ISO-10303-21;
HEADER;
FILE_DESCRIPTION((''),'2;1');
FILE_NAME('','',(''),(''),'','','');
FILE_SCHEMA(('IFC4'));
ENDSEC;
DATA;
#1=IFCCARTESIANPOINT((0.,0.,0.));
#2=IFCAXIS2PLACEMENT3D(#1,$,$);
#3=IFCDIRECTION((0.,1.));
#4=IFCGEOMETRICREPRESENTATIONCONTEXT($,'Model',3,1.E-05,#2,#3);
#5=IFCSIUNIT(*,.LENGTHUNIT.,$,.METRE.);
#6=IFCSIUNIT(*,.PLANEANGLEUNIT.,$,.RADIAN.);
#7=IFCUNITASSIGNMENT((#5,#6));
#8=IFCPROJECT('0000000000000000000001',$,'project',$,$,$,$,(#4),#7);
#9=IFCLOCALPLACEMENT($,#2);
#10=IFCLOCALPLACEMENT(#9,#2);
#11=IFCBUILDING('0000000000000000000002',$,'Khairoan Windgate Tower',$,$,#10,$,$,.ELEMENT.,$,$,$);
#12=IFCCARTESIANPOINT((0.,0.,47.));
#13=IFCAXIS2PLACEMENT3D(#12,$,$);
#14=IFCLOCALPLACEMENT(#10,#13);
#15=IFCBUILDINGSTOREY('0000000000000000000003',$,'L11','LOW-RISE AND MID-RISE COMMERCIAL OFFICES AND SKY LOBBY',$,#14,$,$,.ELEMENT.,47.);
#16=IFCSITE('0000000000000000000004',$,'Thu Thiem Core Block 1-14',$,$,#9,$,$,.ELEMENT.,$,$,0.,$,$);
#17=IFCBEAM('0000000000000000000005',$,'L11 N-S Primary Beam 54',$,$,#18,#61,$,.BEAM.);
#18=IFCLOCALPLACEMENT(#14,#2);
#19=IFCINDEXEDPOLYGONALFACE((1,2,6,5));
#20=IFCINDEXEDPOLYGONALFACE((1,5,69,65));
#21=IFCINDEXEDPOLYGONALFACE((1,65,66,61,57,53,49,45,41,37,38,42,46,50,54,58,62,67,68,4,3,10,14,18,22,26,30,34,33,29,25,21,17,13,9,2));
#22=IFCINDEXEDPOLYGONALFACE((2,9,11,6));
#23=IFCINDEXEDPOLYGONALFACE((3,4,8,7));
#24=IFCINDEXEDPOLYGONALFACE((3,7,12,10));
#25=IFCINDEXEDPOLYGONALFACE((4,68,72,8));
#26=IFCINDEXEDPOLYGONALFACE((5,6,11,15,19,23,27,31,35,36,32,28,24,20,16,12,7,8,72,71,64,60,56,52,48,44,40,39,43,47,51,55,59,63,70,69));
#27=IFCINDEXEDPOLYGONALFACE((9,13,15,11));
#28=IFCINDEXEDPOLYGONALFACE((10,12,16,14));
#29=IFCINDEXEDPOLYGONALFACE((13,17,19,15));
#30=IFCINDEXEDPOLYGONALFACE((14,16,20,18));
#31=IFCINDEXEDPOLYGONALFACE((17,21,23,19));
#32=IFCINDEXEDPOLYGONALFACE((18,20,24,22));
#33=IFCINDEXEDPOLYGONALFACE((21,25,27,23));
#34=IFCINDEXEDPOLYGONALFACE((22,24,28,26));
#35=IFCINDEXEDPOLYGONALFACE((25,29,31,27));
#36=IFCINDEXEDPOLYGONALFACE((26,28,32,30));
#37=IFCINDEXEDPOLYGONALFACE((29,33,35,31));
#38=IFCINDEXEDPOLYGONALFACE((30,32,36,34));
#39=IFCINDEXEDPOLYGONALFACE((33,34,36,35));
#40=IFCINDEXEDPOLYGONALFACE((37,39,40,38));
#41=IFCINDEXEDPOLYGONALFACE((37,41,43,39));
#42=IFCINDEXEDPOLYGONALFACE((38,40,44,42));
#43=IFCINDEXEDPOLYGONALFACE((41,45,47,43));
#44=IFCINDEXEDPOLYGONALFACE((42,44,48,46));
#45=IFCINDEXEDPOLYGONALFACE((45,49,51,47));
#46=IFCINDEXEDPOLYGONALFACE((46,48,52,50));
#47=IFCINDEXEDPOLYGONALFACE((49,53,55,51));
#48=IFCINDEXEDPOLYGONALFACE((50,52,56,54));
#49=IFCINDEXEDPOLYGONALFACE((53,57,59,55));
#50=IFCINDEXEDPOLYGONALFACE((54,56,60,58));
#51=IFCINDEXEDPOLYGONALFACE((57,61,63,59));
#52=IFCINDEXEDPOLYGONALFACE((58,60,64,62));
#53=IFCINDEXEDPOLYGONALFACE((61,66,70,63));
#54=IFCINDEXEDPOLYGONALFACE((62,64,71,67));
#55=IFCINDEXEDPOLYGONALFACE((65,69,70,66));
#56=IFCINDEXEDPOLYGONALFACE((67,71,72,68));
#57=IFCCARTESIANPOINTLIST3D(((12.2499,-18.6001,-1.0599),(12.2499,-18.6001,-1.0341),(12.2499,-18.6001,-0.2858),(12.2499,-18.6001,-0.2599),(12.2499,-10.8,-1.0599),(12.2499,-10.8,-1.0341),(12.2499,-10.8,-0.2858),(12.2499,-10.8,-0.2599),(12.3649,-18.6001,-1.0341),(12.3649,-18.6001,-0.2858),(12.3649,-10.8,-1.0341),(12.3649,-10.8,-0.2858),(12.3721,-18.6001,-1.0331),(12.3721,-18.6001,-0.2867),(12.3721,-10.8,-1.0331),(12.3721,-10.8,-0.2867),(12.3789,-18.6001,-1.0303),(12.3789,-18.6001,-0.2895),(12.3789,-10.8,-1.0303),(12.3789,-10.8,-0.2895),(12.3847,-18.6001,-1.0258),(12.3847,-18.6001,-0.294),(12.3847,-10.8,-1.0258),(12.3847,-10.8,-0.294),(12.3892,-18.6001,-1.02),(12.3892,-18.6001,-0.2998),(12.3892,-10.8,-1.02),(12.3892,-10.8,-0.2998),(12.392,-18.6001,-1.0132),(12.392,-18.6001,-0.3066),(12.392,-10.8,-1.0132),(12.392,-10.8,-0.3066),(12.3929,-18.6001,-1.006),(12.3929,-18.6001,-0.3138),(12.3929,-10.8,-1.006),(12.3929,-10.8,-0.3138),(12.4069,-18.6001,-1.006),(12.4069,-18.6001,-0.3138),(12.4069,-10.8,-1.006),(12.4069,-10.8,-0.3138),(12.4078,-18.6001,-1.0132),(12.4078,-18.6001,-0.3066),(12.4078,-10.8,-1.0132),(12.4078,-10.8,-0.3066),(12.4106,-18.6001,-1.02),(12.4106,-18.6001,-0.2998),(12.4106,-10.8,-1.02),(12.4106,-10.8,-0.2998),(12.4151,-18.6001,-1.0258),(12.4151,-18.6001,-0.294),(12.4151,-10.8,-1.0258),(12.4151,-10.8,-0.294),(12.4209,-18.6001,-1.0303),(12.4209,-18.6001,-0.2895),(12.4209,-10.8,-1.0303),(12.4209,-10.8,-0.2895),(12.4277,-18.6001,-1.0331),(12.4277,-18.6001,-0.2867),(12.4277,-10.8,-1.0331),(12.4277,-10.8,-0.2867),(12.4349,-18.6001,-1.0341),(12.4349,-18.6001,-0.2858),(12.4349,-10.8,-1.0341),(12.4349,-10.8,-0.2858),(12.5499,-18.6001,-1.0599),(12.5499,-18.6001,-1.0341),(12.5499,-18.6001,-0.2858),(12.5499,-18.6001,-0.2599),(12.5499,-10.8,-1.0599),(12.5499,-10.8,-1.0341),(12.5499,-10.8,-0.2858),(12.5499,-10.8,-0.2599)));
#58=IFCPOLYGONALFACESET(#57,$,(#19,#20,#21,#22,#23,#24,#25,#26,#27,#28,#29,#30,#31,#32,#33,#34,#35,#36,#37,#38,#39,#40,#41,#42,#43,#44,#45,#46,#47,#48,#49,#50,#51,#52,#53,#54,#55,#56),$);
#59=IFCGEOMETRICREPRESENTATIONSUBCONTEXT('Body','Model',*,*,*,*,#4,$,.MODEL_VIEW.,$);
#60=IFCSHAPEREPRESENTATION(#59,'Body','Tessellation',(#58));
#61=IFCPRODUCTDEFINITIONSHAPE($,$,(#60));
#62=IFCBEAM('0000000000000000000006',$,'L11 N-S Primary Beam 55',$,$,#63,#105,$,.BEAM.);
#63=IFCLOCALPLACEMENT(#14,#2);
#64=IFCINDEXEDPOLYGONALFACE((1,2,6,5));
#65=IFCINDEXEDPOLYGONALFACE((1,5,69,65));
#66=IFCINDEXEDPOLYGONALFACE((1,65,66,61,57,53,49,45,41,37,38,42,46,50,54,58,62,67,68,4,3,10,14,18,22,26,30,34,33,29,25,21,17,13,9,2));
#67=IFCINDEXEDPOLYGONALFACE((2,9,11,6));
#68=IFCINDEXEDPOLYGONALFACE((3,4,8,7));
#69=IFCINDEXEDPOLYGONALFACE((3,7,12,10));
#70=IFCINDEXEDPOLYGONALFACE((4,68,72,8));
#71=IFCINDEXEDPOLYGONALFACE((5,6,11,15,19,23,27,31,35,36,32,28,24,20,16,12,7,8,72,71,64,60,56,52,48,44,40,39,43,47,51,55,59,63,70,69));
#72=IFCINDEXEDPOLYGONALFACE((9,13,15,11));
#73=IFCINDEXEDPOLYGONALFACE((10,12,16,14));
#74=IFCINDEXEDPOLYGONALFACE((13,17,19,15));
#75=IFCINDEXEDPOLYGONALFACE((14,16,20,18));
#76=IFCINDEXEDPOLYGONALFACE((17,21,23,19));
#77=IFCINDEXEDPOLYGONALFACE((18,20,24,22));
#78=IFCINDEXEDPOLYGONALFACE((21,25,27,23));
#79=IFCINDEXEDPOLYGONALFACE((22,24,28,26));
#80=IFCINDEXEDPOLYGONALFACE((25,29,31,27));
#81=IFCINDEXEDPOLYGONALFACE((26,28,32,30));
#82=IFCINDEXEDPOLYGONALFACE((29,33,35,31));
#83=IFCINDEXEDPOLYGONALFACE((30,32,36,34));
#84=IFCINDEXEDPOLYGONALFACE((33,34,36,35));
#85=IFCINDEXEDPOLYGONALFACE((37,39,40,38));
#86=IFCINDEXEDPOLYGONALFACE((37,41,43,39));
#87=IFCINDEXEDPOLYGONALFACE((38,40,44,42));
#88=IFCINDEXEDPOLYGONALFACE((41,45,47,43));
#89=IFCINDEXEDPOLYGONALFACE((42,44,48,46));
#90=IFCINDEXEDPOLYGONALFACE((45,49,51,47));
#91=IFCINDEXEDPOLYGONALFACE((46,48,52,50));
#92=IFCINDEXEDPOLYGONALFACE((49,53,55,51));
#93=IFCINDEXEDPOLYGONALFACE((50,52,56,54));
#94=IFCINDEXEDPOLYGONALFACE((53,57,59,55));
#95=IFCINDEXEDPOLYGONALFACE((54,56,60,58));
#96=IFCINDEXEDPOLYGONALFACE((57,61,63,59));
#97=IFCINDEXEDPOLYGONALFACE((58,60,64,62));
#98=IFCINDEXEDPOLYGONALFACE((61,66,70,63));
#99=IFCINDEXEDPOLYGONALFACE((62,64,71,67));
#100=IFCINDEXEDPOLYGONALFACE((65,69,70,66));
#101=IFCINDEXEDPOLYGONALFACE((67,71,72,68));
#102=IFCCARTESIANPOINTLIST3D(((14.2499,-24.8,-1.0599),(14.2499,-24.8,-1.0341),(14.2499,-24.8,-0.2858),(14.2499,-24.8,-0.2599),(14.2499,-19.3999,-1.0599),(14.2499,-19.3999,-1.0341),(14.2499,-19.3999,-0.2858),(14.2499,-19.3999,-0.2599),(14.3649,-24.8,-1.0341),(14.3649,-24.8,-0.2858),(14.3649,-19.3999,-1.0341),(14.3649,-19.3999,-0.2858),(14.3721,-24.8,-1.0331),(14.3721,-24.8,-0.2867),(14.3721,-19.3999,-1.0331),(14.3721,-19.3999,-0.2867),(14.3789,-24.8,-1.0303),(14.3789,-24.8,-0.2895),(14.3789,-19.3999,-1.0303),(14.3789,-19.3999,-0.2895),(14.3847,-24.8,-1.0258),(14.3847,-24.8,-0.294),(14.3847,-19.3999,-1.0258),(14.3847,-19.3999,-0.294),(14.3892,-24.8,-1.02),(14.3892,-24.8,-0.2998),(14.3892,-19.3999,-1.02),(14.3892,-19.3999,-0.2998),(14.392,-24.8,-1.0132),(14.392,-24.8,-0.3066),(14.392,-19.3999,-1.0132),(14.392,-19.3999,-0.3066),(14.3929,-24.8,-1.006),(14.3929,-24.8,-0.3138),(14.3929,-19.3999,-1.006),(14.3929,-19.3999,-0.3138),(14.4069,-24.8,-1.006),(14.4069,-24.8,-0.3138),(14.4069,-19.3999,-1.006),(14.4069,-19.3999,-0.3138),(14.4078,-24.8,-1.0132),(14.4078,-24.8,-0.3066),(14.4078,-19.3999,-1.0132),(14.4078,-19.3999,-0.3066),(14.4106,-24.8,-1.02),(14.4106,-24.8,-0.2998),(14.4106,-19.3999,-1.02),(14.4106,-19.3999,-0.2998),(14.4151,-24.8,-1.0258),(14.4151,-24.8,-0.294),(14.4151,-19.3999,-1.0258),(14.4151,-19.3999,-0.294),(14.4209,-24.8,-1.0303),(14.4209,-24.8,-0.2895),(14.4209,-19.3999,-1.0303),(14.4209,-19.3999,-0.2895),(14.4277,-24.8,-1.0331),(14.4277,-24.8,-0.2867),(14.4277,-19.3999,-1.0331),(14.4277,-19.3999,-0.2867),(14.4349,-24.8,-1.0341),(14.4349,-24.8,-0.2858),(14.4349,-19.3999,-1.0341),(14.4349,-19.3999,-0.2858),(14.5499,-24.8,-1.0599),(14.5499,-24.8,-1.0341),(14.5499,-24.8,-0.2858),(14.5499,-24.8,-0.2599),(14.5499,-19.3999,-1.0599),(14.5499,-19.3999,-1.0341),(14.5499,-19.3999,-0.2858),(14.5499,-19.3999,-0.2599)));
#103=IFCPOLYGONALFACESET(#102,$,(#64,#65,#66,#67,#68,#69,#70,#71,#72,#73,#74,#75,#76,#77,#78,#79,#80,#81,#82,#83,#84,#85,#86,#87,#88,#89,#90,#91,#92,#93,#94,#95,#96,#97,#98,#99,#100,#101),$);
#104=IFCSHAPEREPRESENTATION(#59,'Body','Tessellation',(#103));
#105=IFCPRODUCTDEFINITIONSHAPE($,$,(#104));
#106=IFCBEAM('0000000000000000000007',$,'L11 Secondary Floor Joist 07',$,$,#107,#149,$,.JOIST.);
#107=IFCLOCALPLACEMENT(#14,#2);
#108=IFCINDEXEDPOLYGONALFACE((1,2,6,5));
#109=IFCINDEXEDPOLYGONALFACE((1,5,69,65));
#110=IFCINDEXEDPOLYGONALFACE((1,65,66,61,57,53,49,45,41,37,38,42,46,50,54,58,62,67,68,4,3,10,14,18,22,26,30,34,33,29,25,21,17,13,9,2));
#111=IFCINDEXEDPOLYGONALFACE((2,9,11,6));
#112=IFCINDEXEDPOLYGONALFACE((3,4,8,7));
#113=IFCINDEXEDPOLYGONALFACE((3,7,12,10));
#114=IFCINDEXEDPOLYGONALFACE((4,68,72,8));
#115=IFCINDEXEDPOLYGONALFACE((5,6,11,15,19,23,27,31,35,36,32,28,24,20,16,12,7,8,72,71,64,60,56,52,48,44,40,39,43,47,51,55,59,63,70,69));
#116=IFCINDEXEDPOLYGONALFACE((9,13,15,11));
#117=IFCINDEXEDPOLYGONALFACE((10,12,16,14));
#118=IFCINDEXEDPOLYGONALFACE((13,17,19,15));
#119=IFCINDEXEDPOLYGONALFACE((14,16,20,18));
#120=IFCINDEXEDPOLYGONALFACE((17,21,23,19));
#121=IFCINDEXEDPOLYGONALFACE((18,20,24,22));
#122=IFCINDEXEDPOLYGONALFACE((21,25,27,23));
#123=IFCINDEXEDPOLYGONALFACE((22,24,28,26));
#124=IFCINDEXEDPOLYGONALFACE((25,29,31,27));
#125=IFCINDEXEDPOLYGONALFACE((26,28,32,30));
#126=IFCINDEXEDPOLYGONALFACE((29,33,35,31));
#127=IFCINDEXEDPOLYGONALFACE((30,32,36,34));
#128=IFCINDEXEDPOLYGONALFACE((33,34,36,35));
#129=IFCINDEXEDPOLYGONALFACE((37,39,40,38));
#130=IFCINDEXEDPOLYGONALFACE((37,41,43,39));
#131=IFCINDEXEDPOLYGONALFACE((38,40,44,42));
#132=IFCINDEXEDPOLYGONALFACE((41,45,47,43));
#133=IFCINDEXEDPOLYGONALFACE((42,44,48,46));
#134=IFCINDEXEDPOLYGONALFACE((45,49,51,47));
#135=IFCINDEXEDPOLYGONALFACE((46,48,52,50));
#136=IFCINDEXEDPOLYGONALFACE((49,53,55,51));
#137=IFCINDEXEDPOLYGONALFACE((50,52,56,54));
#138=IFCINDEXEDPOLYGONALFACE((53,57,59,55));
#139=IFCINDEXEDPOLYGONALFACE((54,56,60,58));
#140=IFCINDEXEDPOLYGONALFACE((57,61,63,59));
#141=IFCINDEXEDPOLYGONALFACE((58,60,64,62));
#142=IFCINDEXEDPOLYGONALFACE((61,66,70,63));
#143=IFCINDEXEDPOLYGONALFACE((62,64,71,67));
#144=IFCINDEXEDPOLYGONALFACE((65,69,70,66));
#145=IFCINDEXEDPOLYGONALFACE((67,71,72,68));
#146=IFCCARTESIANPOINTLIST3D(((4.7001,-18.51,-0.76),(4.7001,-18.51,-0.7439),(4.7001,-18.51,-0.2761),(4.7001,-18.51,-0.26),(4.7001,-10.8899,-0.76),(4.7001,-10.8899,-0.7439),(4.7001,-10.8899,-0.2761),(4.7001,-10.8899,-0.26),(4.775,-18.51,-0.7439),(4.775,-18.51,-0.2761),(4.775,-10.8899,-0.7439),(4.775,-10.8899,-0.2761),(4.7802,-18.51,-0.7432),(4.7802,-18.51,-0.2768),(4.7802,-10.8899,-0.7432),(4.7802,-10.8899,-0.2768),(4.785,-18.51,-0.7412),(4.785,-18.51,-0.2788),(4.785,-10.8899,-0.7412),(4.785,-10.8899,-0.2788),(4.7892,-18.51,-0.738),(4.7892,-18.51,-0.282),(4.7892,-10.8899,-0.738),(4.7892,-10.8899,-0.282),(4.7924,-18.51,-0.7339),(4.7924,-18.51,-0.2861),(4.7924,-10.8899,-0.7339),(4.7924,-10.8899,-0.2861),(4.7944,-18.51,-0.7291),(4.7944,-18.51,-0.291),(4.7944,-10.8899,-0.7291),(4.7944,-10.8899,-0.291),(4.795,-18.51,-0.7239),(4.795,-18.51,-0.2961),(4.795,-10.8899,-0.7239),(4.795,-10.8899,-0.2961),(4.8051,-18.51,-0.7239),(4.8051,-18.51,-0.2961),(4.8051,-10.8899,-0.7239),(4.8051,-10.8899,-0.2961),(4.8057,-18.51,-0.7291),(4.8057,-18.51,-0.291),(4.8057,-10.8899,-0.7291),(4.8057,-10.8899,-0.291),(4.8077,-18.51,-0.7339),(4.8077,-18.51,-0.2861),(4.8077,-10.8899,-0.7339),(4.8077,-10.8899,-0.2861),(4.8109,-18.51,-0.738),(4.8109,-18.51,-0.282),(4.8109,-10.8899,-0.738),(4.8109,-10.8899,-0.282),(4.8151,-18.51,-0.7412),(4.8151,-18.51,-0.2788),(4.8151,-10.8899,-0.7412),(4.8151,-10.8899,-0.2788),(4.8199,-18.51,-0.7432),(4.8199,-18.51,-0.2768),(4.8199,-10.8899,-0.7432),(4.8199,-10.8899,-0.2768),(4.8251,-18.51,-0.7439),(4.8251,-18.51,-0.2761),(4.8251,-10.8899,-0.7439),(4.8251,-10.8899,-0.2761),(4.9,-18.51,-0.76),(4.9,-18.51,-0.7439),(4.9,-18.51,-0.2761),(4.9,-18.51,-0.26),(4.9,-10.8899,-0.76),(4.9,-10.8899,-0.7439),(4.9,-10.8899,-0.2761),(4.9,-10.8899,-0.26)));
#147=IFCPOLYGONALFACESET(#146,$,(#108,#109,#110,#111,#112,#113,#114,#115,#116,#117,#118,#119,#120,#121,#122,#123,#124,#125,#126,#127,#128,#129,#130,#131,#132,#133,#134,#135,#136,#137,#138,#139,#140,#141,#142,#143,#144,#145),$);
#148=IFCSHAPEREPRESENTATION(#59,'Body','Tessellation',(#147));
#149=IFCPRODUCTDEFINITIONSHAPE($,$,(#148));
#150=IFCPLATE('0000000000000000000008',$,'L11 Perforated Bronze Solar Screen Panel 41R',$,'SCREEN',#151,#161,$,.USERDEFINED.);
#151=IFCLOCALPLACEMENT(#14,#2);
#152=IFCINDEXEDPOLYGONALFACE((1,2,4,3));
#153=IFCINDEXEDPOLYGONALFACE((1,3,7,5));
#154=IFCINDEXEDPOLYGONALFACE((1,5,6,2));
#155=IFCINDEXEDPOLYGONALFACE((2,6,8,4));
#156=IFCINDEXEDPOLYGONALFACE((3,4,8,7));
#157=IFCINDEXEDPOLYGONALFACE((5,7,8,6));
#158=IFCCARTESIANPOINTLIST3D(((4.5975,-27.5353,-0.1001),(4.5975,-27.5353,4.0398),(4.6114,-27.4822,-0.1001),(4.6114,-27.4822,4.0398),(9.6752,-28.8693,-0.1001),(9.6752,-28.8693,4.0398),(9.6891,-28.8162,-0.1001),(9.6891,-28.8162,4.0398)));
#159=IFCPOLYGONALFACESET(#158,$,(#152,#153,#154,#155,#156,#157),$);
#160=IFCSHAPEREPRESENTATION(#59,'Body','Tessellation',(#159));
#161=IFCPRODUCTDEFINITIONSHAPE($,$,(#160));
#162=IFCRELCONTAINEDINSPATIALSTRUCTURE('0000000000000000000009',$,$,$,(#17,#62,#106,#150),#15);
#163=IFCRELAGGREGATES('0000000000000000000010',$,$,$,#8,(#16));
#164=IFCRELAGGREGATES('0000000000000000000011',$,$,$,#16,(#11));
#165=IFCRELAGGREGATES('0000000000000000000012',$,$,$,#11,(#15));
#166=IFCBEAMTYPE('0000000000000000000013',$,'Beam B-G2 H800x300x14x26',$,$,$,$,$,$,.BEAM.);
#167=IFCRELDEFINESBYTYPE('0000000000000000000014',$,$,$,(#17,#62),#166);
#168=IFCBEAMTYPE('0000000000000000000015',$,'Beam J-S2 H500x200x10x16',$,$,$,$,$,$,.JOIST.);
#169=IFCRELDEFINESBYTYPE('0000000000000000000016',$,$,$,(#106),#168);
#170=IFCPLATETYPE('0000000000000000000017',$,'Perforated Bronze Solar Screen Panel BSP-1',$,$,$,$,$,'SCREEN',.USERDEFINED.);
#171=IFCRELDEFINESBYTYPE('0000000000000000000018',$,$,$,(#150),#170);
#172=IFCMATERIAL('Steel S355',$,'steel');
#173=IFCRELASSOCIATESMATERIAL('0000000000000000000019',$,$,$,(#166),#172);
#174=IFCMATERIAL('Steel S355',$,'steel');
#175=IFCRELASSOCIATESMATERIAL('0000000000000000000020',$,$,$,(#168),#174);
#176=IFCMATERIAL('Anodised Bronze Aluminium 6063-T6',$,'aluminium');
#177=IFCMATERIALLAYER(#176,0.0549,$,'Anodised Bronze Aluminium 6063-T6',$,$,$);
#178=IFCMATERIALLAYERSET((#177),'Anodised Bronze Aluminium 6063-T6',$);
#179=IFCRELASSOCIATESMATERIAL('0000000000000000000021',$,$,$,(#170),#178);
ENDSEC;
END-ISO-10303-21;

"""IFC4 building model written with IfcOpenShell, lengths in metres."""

from ifc_helpers import new_model, si_unit, direction, frame, origin, origin_2d, place, context, subcontext, project, spatial, rectangle, i_section, extrude, material, layer, layer_set, material_profile, profile_set, type_object, element, save


model = new_model("IFC4")

# Units and contexts
model_context = context("Model", 3, precision=1e-05, world=origin(), true_north=direction((0.0, 1.0)))
body_context = subcontext(model_context, "Body", "Model", "MODEL_VIEW")
ifc_project = project(units=[si_unit("LENGTHUNIT", "METRE"), si_unit("PLANEANGLEUNIT", "RADIAN")], contexts=[model_context])

# Site, building, storey
site_placement = place(None, origin())
site = spatial("IfcSite", under=ifc_project, at=site_placement, Name="Thu Thiem Core Block 1-14", CompositionType="ELEMENT", RefElevation=0.0)
building_placement = place(site_placement, origin())
building = spatial("IfcBuilding", under=site, at=building_placement, Name="Khairoan Windgate Tower", CompositionType="ELEMENT")
storey_placement = place(building_placement, frame((0.0, 0.0, 47.0)))
storey = spatial("IfcBuildingStorey", under=building, at=storey_placement, Name="L11", Description="LOW-RISE AND MID-RISE COMMERCIAL OFFICES AND SKY LOBBY", CompositionType="ELEMENT", Elevation=47.0)

# Beams
ifc_material_1 = material(Name="Steel S355", Category="steel")
ifc_material_profile_1 = material_profile(ifc_material_1, i_section(OverallWidth=0.3, OverallDepth=0.8, WebThickness=0.0139, FlangeThickness=0.0259, FilletRadius=0.0281, at=origin_2d()))
ifc_profile_set_1 = profile_set([ifc_material_profile_1], Name="Steel S355")
beam_type_1 = type_object("IfcBeamType", Name="Beam B-G2 H800x300x14x26", PredefinedType="BEAM", material=ifc_profile_set_1)
for number, where, z_axis, x_axis, name in (
    (1, (12.3999, -18.6001, -0.6599), (0.0, 1.0, 0.0), (-1.0, 0.0, 0.0), "L11 N-S Primary Beam 54"),
):
    element("IfcBeam", number, at=place(storey_placement, frame(where, z_axis=z_axis, x_axis=x_axis)), inside=storey, type_object=beam_type_1, Name=name, PredefinedType="BEAM", context=body_context, shape_type="SweptSolid", body=[
        extrude(i_section(OverallWidth=0.3, OverallDepth=0.8, WebThickness=0.0139, FlangeThickness=0.0259, FilletRadius=0.0281, at=origin_2d()), origin(), (0.0, 0.0, 1.0), 7.8),
    ])
beam_1_placement = place(storey_placement, frame((14.3999, -24.8, -0.6599), z_axis=(0.0, 1.0, 0.0), x_axis=(-1.0, 0.0, 0.0)))
element("IfcBeam", 2, at=beam_1_placement, inside=storey, type_object=beam_type_1, Name="L11 N-S Primary Beam 55", PredefinedType="BEAM", context=body_context, shape_type="SweptSolid", body=[
    extrude(i_section(OverallWidth=0.3, OverallDepth=0.8, WebThickness=0.0139, FlangeThickness=0.0259, FilletRadius=0.0281, at=origin_2d()), origin(), (0.0, 0.0, 1.0), 5.4001),
])
ifc_material_2 = material(Name="Steel S355", Category="steel")
ifc_material_profile_2 = material_profile(ifc_material_2, i_section(OverallWidth=0.2, OverallDepth=0.5, WebThickness=0.01, FlangeThickness=0.0161, FilletRadius=0.02, at=origin_2d()))
ifc_profile_set_2 = profile_set([ifc_material_profile_2], Name="Steel S355")
beam_type_2 = type_object("IfcBeamType", Name="Beam J-S2 H500x200x10x16", PredefinedType="JOIST", material=ifc_profile_set_2)
beam_2_placement = place(storey_placement, frame((4.8, -18.51, -0.51), z_axis=(0.0, 1.0, 0.0), x_axis=(-1.0, 0.0, 0.0)))
element("IfcBeam", 3, at=beam_2_placement, inside=storey, type_object=beam_type_2, Name="L11 Secondary Floor Joist 07", PredefinedType="JOIST", context=body_context, shape_type="SweptSolid", body=[
    extrude(i_section(OverallWidth=0.2, OverallDepth=0.5, WebThickness=0.01, FlangeThickness=0.0161, FilletRadius=0.02, at=origin_2d()), origin(), (0.0, 0.0, 1.0), 7.6201),
])

# Plate
ifc_material_3 = material(Name="Anodised Bronze Aluminium 6063-T6", Category="aluminium")
ifc_layer_1 = layer(ifc_material_3, 0.0549, Name="Anodised Bronze Aluminium 6063-T6")
ifc_layer_set_1 = layer_set([ifc_layer_1], Name="Anodised Bronze Aluminium 6063-T6")
plate_type = type_object("IfcPlateType", Name="Perforated Bronze Solar Screen Panel BSP-1", ElementType="SCREEN", PredefinedType="USERDEFINED", material=ifc_layer_set_1)
plate_placement = place(storey_placement, frame((7.1433, -28.1758, -0.1001), z_axis=(0.0, 0.0, 1.0), x_axis=(-0.967179, 0.254096, 0.0)))
element("IfcPlate", 4, at=plate_placement, inside=storey, type_object=plate_type, Name="L11 Perforated Bronze Solar Screen Panel 41R", ObjectType="SCREEN", PredefinedType="USERDEFINED", context=body_context, shape_type="SweptSolid", body=[
    extrude(rectangle(XDim=5.25, YDim=0.0549, at=origin_2d()), origin(), (0.0, 0.0, 1.0), 4.1399),
])

save(model, "model.ifc")
